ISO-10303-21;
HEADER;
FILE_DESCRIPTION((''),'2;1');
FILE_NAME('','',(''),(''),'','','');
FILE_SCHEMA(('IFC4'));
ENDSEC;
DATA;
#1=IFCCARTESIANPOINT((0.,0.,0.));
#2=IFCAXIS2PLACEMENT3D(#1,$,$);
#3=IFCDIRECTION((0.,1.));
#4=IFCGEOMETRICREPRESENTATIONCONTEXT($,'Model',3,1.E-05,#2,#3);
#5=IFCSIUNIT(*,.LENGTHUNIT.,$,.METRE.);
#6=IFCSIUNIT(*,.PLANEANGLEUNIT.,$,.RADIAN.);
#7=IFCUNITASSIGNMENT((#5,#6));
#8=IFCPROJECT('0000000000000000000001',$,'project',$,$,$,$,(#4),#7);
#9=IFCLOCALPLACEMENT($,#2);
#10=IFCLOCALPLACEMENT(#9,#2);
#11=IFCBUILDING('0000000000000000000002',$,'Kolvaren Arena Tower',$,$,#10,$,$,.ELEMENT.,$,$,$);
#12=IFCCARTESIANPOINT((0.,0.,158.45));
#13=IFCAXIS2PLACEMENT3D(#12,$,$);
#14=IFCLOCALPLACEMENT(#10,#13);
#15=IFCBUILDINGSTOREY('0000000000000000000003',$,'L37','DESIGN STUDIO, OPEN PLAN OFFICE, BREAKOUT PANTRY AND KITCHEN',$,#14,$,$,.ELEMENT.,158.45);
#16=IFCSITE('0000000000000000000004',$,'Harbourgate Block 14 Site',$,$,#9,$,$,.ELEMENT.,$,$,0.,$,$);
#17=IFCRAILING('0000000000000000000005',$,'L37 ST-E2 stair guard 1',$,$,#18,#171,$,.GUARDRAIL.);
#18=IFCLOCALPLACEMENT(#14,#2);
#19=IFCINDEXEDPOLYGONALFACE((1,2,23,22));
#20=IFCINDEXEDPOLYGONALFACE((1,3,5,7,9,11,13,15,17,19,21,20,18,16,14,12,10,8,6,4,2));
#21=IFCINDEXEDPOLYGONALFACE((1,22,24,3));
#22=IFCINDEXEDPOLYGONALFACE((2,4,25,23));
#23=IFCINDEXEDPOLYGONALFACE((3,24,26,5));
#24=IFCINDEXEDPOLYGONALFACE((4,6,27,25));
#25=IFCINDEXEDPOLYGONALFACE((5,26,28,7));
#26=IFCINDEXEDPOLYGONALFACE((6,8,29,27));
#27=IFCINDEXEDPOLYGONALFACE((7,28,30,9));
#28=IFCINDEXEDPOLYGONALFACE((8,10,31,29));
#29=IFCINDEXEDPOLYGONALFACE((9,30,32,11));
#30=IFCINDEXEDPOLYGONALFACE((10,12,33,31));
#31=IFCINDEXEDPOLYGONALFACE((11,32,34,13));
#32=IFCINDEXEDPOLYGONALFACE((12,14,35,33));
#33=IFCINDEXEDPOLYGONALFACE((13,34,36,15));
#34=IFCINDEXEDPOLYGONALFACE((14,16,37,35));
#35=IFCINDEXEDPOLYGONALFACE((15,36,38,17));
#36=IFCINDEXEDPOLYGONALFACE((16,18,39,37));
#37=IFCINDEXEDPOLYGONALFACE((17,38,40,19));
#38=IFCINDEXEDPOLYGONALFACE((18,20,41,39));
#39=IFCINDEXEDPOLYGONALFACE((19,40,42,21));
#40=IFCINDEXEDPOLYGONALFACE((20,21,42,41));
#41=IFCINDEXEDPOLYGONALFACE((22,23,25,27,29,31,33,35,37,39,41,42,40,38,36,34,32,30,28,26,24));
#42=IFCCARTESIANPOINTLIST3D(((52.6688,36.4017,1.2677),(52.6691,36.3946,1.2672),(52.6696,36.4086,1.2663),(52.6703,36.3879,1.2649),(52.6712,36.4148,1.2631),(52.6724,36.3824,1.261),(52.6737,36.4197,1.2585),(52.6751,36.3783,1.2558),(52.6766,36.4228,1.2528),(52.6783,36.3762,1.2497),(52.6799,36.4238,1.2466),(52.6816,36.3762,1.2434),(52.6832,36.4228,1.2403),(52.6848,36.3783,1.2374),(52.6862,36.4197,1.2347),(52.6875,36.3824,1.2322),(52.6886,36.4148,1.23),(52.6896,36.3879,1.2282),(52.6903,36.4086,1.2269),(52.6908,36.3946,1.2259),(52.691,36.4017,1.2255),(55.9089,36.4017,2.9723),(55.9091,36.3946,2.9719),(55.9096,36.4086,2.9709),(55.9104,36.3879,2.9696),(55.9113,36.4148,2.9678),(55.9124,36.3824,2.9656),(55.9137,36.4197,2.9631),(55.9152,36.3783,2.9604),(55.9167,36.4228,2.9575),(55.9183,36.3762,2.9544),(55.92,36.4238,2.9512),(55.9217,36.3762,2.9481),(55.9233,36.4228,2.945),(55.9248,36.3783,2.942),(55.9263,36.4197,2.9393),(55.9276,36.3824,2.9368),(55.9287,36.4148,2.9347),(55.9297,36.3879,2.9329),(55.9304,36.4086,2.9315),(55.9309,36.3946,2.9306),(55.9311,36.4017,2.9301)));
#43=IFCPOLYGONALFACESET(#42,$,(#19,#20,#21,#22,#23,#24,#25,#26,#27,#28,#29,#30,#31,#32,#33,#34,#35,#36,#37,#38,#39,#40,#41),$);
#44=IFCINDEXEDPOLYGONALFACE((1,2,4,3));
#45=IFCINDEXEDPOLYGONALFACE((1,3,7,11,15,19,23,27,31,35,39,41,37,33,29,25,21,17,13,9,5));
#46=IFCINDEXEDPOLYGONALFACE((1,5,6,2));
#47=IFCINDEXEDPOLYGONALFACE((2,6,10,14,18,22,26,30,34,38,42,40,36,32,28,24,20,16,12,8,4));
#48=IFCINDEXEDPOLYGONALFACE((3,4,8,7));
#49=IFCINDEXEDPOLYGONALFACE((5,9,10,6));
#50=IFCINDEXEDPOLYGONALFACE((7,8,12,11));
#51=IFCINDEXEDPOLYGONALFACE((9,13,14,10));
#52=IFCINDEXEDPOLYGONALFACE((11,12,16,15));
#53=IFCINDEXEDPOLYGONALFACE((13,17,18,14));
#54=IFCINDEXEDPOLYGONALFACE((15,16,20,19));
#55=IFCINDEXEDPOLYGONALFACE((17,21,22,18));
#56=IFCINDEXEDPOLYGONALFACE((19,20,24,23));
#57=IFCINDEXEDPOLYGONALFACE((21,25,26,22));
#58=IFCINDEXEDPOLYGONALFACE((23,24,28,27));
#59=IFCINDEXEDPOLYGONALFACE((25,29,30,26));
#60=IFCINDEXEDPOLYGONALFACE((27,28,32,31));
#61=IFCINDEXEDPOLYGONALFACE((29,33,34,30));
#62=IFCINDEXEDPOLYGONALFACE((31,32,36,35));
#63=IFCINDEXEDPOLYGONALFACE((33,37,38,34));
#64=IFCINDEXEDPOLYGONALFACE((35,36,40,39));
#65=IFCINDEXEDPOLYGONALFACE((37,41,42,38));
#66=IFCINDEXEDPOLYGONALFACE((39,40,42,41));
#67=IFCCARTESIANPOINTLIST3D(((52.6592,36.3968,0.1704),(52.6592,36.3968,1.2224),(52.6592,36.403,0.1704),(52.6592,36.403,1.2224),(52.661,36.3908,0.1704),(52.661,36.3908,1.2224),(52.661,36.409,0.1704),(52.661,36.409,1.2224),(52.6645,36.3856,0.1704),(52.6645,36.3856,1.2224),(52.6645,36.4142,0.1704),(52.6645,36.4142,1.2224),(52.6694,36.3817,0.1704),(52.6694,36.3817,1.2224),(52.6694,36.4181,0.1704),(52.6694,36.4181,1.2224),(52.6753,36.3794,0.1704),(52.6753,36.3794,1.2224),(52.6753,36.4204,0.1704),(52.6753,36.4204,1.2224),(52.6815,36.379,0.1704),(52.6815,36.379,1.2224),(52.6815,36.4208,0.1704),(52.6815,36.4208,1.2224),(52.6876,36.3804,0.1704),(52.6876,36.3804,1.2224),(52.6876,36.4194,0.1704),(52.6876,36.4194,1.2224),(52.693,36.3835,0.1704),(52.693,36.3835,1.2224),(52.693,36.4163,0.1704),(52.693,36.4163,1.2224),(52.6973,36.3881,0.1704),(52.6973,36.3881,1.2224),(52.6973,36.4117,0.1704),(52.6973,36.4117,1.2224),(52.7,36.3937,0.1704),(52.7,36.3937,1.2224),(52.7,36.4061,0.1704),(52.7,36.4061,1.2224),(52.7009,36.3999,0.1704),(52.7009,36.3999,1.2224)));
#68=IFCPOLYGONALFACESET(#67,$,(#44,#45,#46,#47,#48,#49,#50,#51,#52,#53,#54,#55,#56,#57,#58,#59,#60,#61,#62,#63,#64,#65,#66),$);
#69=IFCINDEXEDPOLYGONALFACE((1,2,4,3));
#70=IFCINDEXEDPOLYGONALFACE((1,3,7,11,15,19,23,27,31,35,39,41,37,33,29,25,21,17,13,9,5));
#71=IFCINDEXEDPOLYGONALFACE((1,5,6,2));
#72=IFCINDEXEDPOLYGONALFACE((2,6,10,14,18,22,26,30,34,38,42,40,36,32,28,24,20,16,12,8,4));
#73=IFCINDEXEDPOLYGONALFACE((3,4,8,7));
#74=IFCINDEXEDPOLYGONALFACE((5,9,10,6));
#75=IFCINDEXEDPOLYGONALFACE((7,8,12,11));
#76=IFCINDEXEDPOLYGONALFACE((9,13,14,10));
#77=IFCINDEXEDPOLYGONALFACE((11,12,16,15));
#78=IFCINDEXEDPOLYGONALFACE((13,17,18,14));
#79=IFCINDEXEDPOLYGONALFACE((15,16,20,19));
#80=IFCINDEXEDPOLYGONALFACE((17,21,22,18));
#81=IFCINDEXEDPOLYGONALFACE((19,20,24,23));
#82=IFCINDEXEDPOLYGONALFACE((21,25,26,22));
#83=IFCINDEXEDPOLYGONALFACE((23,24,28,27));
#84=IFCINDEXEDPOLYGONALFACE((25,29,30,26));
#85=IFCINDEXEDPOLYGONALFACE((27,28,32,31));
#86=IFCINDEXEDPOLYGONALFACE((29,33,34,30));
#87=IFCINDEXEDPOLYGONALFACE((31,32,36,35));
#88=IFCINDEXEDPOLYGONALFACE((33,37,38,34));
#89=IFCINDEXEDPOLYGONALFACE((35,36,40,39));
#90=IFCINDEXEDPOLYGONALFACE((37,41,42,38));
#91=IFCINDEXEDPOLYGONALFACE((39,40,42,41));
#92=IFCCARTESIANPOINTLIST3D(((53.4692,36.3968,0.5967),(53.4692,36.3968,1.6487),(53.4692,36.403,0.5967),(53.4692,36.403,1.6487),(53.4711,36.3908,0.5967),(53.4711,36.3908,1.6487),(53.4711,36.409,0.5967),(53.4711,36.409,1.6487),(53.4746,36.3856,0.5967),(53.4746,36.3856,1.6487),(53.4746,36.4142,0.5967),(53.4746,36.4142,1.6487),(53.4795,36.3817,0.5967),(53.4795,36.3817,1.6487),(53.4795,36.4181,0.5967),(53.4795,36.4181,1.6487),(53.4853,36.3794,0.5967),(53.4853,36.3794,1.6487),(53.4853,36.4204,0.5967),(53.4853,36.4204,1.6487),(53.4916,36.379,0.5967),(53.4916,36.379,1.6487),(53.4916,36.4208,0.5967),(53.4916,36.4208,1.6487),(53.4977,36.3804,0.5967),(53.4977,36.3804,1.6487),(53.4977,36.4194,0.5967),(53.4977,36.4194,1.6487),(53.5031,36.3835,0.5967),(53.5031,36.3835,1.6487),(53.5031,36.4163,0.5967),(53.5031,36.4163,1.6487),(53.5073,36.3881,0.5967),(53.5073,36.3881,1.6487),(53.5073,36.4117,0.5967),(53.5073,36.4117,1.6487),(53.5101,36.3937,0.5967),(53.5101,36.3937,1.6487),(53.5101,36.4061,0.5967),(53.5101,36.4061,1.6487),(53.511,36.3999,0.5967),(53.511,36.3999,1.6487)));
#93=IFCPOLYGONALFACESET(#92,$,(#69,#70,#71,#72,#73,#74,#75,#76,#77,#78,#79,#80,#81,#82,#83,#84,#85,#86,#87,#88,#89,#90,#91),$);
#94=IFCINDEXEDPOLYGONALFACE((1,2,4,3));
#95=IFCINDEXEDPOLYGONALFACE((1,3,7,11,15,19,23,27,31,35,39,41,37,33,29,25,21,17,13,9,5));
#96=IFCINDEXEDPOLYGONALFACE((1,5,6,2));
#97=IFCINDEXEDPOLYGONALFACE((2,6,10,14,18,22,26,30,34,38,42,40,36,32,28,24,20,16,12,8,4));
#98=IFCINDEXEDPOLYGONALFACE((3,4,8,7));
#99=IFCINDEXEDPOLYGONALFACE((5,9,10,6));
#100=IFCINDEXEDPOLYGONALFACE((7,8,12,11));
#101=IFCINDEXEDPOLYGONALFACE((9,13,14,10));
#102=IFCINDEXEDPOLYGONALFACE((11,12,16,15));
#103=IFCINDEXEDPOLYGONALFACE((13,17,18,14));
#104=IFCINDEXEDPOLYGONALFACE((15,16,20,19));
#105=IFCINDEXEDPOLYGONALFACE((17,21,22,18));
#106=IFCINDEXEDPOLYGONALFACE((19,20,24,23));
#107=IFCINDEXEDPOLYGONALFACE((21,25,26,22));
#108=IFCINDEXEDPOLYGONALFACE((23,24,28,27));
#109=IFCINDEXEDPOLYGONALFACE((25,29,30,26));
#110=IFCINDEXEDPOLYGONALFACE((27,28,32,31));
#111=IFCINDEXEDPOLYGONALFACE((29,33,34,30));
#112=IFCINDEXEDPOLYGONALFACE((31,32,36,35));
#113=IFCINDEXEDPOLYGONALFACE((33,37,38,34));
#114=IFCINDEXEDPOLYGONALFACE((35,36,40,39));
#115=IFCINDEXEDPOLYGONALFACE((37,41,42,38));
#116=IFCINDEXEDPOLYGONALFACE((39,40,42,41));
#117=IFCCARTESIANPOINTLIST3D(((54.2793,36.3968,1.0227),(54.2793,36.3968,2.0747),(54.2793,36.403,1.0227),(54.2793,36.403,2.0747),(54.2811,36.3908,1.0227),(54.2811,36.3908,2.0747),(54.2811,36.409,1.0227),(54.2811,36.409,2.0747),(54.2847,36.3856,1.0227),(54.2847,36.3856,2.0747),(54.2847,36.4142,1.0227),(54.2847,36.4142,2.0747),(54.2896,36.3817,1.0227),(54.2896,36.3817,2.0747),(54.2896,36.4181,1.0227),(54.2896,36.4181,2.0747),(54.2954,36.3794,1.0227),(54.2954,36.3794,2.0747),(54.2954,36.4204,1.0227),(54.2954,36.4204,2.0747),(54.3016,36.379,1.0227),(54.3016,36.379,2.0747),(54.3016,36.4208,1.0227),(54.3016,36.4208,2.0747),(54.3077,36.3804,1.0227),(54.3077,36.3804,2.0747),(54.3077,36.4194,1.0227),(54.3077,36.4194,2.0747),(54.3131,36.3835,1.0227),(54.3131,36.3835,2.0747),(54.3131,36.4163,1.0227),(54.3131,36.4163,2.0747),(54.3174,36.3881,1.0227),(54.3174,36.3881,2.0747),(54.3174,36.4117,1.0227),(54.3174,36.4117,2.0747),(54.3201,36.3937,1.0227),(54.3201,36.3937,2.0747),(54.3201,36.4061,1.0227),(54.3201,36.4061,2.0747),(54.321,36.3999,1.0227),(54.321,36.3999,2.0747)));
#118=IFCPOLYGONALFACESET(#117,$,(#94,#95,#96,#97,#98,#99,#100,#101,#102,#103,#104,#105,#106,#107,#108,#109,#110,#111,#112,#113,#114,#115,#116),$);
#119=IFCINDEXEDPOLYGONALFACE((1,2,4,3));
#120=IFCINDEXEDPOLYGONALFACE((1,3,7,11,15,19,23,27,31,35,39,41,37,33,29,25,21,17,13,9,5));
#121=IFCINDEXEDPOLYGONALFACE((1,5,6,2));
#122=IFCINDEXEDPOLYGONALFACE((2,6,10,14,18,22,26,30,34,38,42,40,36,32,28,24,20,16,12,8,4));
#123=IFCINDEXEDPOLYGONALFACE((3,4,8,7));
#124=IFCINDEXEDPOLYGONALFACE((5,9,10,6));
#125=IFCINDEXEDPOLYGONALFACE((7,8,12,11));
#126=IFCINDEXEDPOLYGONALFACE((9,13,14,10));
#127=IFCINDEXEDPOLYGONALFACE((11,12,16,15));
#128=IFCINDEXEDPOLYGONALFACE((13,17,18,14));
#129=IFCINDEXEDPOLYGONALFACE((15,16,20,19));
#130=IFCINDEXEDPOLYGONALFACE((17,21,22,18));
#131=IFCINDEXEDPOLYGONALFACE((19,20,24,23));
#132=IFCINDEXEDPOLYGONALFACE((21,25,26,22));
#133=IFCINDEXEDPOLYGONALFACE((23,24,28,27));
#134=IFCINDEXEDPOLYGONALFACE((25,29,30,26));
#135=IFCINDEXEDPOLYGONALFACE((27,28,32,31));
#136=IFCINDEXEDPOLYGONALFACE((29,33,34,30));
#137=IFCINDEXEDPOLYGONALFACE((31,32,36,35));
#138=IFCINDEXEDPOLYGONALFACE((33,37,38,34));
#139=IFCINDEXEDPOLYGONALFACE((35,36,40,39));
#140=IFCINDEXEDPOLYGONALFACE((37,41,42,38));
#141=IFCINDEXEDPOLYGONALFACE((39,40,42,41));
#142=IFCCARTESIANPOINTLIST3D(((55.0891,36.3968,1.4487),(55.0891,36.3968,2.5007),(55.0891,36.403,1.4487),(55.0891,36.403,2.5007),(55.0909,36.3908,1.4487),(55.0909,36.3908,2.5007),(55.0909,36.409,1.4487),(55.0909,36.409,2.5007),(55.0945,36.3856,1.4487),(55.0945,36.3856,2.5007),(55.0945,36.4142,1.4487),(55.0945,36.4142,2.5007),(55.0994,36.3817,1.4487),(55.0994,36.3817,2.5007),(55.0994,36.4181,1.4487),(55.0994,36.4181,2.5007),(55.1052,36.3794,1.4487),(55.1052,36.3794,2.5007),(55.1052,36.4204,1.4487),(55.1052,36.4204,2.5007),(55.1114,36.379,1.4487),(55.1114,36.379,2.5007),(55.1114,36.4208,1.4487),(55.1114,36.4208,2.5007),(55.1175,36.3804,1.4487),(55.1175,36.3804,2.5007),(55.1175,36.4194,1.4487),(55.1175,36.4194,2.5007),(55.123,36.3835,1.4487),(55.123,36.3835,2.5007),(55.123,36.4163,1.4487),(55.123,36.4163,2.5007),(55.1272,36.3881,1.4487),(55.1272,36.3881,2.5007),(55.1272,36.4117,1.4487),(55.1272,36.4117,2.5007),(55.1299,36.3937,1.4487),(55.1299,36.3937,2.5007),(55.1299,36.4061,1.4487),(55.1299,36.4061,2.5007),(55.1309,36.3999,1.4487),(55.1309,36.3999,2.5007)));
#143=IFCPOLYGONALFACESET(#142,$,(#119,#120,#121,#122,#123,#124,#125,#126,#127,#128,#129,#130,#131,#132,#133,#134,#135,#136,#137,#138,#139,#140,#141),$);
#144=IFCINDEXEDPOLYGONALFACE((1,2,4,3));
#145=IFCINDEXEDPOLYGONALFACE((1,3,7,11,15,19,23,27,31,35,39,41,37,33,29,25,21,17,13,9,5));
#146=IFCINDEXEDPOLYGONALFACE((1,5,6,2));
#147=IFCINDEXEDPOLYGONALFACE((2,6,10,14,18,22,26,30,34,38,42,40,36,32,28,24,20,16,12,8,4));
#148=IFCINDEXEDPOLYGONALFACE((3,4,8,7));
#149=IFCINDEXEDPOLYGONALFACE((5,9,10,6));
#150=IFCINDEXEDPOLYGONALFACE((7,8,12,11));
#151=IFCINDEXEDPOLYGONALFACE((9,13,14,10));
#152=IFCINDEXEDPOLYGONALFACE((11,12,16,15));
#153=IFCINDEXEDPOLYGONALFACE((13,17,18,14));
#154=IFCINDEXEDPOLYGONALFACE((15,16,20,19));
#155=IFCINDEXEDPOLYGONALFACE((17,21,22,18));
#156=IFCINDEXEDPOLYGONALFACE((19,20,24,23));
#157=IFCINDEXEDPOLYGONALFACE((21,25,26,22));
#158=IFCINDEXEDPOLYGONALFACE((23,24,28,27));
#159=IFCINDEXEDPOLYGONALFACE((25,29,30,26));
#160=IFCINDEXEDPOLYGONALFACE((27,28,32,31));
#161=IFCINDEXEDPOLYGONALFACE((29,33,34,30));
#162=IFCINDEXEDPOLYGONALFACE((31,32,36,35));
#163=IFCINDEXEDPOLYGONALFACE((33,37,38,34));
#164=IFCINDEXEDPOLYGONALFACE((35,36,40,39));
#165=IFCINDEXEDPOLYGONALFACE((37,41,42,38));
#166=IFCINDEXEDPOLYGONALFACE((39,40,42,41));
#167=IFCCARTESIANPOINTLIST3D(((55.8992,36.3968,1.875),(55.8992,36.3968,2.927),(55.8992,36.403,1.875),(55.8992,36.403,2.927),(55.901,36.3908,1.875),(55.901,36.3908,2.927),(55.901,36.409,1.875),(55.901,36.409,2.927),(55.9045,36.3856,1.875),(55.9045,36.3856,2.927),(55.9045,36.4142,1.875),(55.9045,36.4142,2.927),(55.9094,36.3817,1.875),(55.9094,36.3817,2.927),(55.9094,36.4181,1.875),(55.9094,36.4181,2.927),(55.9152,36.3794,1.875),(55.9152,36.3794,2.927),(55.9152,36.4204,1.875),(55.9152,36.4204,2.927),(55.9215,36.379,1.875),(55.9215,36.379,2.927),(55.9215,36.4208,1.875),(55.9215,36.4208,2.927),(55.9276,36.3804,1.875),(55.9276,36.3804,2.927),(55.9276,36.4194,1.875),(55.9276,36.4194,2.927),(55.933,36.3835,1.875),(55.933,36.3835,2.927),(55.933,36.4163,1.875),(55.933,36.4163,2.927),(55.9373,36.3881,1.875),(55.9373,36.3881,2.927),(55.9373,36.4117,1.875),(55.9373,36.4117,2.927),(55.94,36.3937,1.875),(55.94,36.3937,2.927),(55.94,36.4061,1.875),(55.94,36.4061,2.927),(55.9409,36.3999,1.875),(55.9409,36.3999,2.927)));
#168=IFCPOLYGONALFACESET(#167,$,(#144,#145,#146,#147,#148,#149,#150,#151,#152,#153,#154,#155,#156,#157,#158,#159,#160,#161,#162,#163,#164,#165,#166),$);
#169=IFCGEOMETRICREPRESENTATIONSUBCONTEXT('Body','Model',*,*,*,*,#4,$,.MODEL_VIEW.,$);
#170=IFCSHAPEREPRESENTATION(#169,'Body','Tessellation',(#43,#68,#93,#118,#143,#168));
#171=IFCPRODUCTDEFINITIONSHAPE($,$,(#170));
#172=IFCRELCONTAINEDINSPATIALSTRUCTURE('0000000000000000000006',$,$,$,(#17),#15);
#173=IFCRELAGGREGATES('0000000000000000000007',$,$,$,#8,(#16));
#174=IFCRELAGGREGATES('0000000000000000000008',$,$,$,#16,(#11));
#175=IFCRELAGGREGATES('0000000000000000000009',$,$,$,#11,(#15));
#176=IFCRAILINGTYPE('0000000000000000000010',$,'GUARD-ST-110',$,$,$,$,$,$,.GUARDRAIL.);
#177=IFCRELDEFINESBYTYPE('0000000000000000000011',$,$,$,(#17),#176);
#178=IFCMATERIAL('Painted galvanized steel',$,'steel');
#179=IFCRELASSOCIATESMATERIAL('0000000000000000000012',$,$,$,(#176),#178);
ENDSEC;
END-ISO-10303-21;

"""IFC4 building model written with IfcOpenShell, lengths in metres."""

from ifc_helpers import new_model, si_unit, direction, frame, origin, origin_2d, place, context, subcontext, project, spatial, circle, extrude, material, type_object, element, save


model = new_model("IFC4")

# Units and contexts
model_context = context("Model", 3, precision=1e-05, world=origin(), true_north=direction((0.0, 1.0)))
body_context = subcontext(model_context, "Body", "Model", "MODEL_VIEW")
ifc_project = project(units=[si_unit("LENGTHUNIT", "METRE"), si_unit("PLANEANGLEUNIT", "RADIAN")], contexts=[model_context])

# Site, building, storey
site_placement = place(None, origin())
site = spatial("IfcSite", under=ifc_project, at=site_placement, Name="Harbourgate Block 14 Site", CompositionType="ELEMENT", RefElevation=0.0)
building_placement = place(site_placement, origin())
building = spatial("IfcBuilding", under=site, at=building_placement, Name="Kolvaren Arena Tower", CompositionType="ELEMENT")
storey_placement = place(building_placement, frame((0.0, 0.0, 158.45)))
storey = spatial("IfcBuildingStorey", under=building, at=storey_placement, Name="L37", Description="DESIGN STUDIO, OPEN PLAN OFFICE, BREAKOUT PANTRY AND KITCHEN", CompositionType="ELEMENT", Elevation=158.45)

# Railing
ifc_material_1 = material(Name="Painted galvanized steel", Category="steel")
railing_type_1 = type_object("IfcRailingType", Name="GUARD-ST-110", PredefinedType="GUARDRAIL", material=ifc_material_1)
railing_1_placement = place(storey_placement, frame((52.6799, 36.3999, 0.1704)))
element("IfcRailing", 1, at=railing_1_placement, inside=storey, type_object=railing_type_1, Name="L37 ST-E2 stair guard 1", PredefinedType="GUARDRAIL", context=body_context, shape_type="SweptSolid", body=[
    extrude(circle(Radius=0.0239, at=origin_2d()), frame((0.0, 0.0, 1.0762), z_axis=(0.884993, 0.0, 0.465604), x_axis=(0.0, 1.0, 0.0)), (0.0, 0.0, 1.0), 3.6611),
    extrude(circle(Radius=0.021, at=origin_2d()), origin(), (0.0, 0.0, 1.0), 1.052),
    extrude(circle(Radius=0.021, at=origin_2d()), frame((0.8101, 0.0, 0.4263)), (0.0, 0.0, 1.0), 1.052),
    extrude(circle(Radius=0.021, at=origin_2d()), frame((1.6201, 0.0, 0.8523)), (0.0, 0.0, 1.0), 1.052),
    extrude(circle(Radius=0.021, at=origin_2d()), frame((2.4299, 0.0, 1.2783)), (0.0, 0.0, 1.0), 1.052),
    extrude(circle(Radius=0.021, at=origin_2d()), frame((3.24, 0.0, 1.7046)), (0.0, 0.0, 1.0), 1.052),
])

save(model, "model.ifc")
